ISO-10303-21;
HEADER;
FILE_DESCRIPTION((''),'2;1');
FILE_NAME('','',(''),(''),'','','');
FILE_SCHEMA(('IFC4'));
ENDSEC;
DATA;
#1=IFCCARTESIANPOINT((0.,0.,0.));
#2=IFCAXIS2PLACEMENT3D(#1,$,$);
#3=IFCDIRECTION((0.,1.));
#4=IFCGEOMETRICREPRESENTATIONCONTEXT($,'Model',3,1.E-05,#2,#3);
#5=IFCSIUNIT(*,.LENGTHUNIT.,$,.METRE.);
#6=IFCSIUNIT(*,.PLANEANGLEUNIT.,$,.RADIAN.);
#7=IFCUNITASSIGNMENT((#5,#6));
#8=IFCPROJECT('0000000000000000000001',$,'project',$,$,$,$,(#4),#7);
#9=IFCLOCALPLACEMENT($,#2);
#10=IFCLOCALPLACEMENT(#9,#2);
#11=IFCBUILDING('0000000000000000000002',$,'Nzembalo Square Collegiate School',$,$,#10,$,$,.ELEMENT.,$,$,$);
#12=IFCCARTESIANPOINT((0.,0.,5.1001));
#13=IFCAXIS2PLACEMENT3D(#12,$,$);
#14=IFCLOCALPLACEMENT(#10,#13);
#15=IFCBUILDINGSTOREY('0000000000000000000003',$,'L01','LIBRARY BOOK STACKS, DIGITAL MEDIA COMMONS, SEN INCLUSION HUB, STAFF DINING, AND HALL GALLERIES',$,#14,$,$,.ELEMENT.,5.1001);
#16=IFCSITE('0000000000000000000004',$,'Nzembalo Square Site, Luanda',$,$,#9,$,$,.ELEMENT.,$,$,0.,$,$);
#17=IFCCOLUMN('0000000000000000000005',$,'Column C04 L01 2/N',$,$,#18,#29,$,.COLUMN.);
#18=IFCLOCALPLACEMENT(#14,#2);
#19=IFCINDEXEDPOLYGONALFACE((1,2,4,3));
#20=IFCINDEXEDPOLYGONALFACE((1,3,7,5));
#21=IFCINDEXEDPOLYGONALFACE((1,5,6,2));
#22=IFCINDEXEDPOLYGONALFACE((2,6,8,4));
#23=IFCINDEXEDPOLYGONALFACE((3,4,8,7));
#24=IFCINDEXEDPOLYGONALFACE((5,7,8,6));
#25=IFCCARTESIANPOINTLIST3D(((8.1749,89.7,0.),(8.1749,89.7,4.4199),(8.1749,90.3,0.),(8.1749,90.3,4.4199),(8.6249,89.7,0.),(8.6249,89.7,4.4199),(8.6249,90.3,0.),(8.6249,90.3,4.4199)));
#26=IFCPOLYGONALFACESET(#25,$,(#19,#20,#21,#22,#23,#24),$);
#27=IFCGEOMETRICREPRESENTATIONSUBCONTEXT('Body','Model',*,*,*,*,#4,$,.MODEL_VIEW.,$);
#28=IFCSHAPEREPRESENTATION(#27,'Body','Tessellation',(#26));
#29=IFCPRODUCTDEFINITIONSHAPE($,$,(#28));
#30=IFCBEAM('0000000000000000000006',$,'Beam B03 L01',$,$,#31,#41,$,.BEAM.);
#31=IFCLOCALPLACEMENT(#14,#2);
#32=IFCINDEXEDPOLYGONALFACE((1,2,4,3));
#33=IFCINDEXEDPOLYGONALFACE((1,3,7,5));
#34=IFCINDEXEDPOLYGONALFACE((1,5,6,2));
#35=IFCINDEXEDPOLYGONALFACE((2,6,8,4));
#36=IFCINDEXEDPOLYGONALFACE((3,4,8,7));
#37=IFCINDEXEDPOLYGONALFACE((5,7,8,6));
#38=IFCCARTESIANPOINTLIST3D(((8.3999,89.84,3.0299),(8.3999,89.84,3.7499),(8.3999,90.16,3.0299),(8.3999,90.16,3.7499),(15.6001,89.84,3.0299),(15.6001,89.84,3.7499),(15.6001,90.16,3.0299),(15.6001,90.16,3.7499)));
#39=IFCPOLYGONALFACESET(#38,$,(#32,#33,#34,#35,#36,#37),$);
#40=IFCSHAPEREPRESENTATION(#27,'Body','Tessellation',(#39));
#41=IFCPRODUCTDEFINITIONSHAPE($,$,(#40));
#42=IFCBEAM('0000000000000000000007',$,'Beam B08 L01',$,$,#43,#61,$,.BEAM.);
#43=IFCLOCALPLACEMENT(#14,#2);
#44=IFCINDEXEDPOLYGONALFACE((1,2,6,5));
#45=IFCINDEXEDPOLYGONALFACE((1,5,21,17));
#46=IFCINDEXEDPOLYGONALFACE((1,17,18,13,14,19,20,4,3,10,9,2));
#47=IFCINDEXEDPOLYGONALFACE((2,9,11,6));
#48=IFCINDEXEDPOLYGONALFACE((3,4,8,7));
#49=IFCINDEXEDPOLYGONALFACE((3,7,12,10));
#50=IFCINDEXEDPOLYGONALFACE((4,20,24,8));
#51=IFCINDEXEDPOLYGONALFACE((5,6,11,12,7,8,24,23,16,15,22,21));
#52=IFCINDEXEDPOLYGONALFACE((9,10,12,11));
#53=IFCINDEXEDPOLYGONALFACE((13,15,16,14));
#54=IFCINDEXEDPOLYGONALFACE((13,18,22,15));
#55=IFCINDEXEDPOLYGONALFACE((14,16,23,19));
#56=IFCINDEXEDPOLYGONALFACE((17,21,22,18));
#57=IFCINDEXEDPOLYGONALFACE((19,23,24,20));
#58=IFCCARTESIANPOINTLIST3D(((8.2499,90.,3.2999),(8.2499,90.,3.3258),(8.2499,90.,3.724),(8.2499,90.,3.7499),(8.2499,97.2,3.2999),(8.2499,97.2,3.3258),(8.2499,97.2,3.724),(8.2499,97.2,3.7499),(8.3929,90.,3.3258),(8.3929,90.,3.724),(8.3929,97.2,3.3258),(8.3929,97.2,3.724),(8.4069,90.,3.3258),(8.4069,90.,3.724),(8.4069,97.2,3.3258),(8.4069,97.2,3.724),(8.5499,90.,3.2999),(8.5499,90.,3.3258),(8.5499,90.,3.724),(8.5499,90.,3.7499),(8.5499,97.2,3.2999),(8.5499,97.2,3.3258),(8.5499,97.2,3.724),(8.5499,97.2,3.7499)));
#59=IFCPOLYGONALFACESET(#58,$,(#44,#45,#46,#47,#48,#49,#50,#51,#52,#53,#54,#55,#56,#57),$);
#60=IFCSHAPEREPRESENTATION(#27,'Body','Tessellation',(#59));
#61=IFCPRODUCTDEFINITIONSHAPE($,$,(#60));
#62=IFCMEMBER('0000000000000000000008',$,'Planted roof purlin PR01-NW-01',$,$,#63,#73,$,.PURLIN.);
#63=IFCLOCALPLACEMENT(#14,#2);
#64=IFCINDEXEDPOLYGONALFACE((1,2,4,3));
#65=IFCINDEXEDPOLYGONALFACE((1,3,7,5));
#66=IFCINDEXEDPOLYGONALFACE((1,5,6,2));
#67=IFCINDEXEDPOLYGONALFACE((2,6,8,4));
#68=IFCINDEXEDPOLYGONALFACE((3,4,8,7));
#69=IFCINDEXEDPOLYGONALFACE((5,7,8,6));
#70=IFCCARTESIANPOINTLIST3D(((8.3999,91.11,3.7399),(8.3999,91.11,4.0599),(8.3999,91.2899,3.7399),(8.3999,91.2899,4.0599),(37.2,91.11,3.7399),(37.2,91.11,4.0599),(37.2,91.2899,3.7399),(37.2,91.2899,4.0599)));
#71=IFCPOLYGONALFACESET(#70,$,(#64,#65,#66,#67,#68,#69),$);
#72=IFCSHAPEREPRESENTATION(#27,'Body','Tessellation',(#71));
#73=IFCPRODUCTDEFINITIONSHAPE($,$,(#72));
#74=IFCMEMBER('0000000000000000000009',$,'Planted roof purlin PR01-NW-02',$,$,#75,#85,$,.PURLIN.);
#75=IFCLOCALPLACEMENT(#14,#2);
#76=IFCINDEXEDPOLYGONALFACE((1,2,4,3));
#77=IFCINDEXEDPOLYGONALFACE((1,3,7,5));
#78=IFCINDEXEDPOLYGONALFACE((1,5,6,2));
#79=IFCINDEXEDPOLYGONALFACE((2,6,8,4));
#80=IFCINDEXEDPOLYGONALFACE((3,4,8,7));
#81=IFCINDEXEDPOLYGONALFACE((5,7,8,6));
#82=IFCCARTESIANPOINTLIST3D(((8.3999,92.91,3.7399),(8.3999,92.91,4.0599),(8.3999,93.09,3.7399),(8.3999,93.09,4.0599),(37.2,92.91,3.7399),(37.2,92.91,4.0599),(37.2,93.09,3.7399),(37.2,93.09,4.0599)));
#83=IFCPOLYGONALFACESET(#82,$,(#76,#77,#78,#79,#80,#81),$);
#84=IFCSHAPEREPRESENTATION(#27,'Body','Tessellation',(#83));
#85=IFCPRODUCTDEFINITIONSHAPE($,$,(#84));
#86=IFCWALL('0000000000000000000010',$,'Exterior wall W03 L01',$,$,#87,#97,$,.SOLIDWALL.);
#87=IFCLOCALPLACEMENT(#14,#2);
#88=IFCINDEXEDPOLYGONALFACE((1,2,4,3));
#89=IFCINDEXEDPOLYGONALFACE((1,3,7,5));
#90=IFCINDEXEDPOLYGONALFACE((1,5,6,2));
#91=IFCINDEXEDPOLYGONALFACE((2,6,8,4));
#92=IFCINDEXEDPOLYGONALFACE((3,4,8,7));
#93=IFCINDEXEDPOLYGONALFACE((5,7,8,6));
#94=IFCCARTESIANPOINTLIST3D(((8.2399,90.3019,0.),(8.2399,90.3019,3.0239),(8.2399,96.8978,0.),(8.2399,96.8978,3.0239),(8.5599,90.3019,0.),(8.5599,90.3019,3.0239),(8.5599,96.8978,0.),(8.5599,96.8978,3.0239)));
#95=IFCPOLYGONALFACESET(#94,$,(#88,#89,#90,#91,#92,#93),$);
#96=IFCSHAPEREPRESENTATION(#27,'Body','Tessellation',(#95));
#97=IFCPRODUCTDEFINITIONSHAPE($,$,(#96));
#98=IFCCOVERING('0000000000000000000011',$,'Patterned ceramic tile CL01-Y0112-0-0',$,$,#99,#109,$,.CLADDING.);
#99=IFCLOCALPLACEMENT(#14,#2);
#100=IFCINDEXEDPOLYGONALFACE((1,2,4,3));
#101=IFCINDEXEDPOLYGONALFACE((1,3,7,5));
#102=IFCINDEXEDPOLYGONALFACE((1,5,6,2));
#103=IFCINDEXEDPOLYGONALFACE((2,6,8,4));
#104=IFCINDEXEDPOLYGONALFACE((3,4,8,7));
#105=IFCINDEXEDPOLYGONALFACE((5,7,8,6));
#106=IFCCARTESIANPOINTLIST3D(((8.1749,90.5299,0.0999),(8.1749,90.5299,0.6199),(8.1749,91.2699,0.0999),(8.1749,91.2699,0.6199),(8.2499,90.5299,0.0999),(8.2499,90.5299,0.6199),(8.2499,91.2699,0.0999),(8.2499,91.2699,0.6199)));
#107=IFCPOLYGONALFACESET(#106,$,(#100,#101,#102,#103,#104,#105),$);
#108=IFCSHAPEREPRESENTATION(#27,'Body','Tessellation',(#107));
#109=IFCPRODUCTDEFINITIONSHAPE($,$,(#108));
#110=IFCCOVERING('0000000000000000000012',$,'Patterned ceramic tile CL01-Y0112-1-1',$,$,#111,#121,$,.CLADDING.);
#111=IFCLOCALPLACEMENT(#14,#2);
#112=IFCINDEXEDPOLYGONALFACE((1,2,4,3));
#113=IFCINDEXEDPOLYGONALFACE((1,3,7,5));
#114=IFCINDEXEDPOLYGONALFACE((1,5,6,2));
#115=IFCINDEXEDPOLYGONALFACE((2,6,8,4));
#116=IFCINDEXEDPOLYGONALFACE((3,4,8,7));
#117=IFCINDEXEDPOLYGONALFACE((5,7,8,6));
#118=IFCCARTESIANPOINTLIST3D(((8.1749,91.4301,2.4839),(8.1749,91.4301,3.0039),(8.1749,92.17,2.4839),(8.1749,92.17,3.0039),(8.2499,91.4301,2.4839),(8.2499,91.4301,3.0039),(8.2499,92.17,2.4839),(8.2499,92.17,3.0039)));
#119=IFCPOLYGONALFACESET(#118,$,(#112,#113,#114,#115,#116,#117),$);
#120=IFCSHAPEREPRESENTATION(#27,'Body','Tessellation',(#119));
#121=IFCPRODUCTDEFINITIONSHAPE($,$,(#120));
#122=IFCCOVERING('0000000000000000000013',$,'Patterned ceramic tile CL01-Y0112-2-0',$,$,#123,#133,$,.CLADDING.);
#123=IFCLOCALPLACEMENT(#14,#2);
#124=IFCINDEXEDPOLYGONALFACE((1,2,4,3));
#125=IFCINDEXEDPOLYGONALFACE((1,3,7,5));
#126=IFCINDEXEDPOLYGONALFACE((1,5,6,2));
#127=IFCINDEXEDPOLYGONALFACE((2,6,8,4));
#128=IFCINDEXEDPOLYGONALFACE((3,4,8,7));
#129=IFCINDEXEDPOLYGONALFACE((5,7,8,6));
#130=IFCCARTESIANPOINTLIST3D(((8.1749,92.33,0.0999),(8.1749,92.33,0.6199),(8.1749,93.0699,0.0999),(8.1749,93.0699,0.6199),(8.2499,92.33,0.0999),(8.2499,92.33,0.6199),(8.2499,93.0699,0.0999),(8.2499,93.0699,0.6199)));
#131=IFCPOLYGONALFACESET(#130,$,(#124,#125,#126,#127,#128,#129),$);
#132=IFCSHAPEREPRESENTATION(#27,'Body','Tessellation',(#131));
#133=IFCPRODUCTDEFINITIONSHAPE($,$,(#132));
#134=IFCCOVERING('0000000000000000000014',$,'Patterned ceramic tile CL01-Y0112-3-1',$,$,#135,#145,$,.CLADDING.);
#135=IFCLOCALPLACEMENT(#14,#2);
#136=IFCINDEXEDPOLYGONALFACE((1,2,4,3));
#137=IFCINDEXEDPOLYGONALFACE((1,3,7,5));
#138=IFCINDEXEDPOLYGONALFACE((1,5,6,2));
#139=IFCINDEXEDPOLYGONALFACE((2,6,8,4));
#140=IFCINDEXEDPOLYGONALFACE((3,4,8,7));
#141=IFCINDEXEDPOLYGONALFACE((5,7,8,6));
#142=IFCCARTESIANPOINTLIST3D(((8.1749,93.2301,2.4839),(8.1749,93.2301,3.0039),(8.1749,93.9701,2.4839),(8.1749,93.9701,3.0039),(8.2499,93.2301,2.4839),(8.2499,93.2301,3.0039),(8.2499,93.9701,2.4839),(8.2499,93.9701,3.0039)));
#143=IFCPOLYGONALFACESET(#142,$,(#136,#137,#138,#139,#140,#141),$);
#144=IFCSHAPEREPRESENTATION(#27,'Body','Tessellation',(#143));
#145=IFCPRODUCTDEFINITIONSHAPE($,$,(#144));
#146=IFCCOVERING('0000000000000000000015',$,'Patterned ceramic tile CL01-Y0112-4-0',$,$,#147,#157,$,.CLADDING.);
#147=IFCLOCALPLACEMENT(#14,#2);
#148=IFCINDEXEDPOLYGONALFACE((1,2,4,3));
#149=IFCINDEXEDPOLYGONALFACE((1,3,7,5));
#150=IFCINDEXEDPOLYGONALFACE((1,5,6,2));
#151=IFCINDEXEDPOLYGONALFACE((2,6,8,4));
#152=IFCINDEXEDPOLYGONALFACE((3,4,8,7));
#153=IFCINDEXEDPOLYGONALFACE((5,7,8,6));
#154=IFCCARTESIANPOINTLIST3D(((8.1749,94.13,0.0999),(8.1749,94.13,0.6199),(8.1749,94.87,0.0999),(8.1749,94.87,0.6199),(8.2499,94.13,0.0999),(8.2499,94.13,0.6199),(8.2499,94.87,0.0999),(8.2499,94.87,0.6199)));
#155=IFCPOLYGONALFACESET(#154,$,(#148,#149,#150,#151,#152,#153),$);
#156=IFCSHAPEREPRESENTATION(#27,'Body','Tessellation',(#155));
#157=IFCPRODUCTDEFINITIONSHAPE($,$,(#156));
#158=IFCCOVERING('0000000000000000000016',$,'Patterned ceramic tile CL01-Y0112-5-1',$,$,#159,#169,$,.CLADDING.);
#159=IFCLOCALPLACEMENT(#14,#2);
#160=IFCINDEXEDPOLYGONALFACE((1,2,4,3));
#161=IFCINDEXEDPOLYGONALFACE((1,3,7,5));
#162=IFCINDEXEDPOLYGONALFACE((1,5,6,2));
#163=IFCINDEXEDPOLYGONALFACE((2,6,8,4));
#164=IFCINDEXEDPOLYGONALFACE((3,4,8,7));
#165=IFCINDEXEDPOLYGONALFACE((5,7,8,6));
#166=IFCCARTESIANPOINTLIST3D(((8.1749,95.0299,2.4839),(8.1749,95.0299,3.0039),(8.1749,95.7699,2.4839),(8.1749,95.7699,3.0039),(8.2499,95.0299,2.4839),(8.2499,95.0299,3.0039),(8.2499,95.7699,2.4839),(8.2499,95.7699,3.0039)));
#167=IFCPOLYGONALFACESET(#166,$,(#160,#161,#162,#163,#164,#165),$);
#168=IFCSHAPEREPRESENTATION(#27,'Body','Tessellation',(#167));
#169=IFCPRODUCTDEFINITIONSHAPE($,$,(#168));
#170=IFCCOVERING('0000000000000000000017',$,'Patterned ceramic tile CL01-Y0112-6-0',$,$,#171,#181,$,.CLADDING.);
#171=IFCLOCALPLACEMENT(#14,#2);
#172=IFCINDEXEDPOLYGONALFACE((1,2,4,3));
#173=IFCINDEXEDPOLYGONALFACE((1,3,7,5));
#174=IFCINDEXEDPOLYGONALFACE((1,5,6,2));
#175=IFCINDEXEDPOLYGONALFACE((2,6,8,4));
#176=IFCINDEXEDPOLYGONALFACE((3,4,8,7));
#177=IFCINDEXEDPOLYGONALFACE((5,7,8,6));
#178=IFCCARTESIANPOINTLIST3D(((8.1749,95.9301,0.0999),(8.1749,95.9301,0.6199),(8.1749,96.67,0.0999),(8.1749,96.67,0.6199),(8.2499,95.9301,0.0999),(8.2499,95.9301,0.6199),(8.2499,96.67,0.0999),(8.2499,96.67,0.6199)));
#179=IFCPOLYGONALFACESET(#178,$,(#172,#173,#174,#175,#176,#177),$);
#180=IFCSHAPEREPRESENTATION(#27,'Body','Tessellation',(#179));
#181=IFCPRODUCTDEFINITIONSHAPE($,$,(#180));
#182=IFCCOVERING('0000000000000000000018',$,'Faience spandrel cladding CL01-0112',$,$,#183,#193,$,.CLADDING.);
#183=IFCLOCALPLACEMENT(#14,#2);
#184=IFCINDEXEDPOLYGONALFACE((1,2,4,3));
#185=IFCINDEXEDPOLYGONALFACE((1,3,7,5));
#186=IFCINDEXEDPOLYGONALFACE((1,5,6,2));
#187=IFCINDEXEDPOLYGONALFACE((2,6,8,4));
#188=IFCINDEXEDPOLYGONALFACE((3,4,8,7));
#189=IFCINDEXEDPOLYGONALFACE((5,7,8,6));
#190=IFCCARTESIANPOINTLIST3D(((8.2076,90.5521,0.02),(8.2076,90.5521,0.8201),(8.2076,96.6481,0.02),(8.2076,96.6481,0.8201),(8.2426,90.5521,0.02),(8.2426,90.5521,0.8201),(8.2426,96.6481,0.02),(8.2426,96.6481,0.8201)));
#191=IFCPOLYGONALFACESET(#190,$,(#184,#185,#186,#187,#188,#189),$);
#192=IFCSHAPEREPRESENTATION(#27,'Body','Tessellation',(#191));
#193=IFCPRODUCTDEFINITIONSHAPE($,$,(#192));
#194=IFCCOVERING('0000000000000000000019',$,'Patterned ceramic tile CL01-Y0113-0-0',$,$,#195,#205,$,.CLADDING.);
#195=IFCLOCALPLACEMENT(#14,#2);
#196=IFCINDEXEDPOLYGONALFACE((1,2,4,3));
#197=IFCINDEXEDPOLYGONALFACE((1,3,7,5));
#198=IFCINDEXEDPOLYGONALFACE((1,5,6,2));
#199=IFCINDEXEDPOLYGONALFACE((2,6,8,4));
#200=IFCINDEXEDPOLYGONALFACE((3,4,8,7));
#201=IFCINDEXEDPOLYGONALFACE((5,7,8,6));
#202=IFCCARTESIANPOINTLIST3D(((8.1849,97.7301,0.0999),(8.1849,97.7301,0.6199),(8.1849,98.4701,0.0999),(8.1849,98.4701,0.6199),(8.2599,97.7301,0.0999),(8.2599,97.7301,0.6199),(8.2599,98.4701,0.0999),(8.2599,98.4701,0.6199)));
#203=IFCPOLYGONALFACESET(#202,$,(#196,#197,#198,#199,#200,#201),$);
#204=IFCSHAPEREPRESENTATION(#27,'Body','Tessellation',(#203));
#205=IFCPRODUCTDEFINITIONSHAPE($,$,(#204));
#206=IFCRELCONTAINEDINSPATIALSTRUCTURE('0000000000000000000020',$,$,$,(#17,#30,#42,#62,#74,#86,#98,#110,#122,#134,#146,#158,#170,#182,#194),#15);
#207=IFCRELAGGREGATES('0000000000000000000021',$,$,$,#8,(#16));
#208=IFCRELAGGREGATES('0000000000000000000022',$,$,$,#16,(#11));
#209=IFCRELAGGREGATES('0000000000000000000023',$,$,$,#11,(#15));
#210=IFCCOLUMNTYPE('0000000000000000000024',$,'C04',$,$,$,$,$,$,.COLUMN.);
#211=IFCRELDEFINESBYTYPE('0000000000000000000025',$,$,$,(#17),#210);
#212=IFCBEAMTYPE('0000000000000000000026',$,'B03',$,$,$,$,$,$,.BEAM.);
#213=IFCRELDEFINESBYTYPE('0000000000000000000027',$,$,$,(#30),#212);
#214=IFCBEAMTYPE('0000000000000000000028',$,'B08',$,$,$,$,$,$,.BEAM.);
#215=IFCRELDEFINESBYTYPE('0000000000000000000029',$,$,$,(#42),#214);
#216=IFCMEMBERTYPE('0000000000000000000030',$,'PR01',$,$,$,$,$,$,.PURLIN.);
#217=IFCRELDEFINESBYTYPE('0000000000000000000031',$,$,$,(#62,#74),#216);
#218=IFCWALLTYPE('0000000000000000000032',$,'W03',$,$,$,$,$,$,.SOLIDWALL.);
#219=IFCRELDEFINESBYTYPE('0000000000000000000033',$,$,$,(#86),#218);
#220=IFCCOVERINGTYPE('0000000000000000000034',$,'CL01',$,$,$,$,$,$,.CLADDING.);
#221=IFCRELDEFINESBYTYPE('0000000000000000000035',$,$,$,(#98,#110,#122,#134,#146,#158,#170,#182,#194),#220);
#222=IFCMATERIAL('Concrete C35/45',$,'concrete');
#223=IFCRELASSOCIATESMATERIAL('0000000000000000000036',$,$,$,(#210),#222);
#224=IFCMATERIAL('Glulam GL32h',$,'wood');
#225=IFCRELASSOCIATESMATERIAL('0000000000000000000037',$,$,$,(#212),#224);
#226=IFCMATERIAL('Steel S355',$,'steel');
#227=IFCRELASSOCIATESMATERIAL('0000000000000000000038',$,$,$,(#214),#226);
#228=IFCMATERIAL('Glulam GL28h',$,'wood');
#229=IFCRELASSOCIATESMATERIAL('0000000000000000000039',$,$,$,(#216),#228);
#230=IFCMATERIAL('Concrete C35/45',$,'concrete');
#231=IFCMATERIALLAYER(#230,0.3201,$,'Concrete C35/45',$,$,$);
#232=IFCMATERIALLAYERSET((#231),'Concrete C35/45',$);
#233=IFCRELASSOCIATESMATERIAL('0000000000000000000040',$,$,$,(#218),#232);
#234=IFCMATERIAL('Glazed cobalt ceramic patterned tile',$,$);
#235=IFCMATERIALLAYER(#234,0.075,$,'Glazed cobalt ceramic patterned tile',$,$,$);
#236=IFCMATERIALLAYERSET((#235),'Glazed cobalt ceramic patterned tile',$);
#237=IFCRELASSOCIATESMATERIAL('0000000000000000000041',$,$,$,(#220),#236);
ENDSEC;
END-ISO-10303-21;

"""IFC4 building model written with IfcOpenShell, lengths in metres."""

from ifc_helpers import new_model, si_unit, direction, frame, frame_2d, origin, origin_2d, place, context, subcontext, project, spatial, rectangle, i_section, extrude, material, layer, layer_set, material_profile, profile_set, type_object, element, save


model = new_model("IFC4")

# Units and contexts
model_context = context("Model", 3, precision=1e-05, world=origin(), true_north=direction((0.0, 1.0)))
body_context = subcontext(model_context, "Body", "Model", "MODEL_VIEW")
ifc_project = project(units=[si_unit("LENGTHUNIT", "METRE"), si_unit("PLANEANGLEUNIT", "RADIAN")], contexts=[model_context])

# Site, building, storey
site_placement = place(None, origin())
site = spatial("IfcSite", under=ifc_project, at=site_placement, Name="Nzembalo Square Site, Luanda", CompositionType="ELEMENT", RefElevation=0.0)
building_placement = place(site_placement, origin())
building = spatial("IfcBuilding", under=site, at=building_placement, Name="Nzembalo Square Collegiate School", CompositionType="ELEMENT")
storey_placement = place(building_placement, frame((0.0, 0.0, 5.1001)))
storey = spatial("IfcBuildingStorey", under=building, at=storey_placement, Name="L01", Description="LIBRARY BOOK STACKS, DIGITAL MEDIA COMMONS, SEN INCLUSION HUB, STAFF DINING, AND HALL GALLERIES", CompositionType="ELEMENT", Elevation=5.1001)

# Column
ifc_material_1 = material(Name="Concrete C35/45", Category="concrete")
ifc_material_profile_1 = material_profile(ifc_material_1, rectangle(XDim=0.45, YDim=0.6001, at=origin_2d()), Name="RC 450x600")
ifc_profile_set_1 = profile_set([ifc_material_profile_1], Name="Concrete C35/45")
column_type = type_object("IfcColumnType", Name="C04", PredefinedType="COLUMN", material=ifc_profile_set_1)
column_placement = place(storey_placement, frame((8.3999, 90.0, 0.0), z_axis=(0.0, 0.0, 1.0), x_axis=(1.0, 0.0, 0.0)))
element("IfcColumn", 1, at=column_placement, inside=storey, type_object=column_type, Name="Column C04 L01 2/N", PredefinedType="COLUMN", context=body_context, shape_type="SweptSolid", body=[
    extrude(rectangle(XDim=0.45, YDim=0.6001, at=origin_2d()), origin(), (0.0, 0.0, 1.0), 4.4199),
])

# Beams
ifc_material_2 = material(Name="Glulam GL32h", Category="wood")
ifc_material_profile_2 = material_profile(ifc_material_2, rectangle(XDim=0.3201, YDim=0.72, at=origin_2d()), Name="GL32h 320x720")
ifc_profile_set_2 = profile_set([ifc_material_profile_2], Name="Glulam GL32h")
beam_type_1 = type_object("IfcBeamType", Name="B03", PredefinedType="BEAM", material=ifc_profile_set_2)
beam_1_placement = place(storey_placement, frame((8.3999, 90.0, 3.3899), z_axis=(1.0, 0.0, 0.0), x_axis=(0.0, 1.0, 0.0)))
element("IfcBeam", 2, at=beam_1_placement, inside=storey, type_object=beam_type_1, Name="Beam B03 L01", PredefinedType="BEAM", context=body_context, shape_type="SweptSolid", body=[
    extrude(rectangle(XDim=0.3201, YDim=0.72, at=origin_2d()), origin(), (0.0, 0.0, 1.0), 7.2002),
])
ifc_material_3 = material(Name="Steel S355", Category="steel")
ifc_material_profile_3 = material_profile(ifc_material_3, i_section(OverallWidth=0.3, OverallDepth=0.45, WebThickness=0.0139, FlangeThickness=0.0259, at=origin_2d()), Name="HEB 450")
ifc_profile_set_3 = profile_set([ifc_material_profile_3], Name="Steel S355")
beam_type_2 = type_object("IfcBeamType", Name="B08", PredefinedType="BEAM", material=ifc_profile_set_3)
beam_2_placement = place(storey_placement, frame((8.3999, 90.0, 3.5249), z_axis=(0.0, 1.0, 0.0), x_axis=(-1.0, 0.0, 0.0)))
element("IfcBeam", 3, at=beam_2_placement, inside=storey, type_object=beam_type_2, Name="Beam B08 L01", PredefinedType="BEAM", context=body_context, shape_type="SweptSolid", body=[
    extrude(i_section(OverallWidth=0.3, OverallDepth=0.45, WebThickness=0.0139, FlangeThickness=0.0259, at=origin_2d()), origin(), (0.0, 0.0, 1.0), 7.2),
])

# Members
ifc_material_4 = material(Name="Glulam GL28h", Category="wood")
ifc_material_profile_4 = material_profile(ifc_material_4, rectangle(XDim=0.1799, YDim=0.3201, at=origin_2d()), Name="GL28h 180x320")
ifc_profile_set_4 = profile_set([ifc_material_profile_4], Name="Glulam GL28h")
member_type = type_object("IfcMemberType", Name="PR01", PredefinedType="PURLIN", material=ifc_profile_set_4)
for number, where, z_axis, x_axis, name in (
    (4, (8.3999, 91.2, 3.8999), (1.0, 0.0, 0.0), (0.0, 1.0, 0.0), "Planted roof purlin PR01-NW-01"),
    (5, (8.3999, 93.0, 3.8999), (1.0, 0.0, 0.0), (0.0, 1.0, 0.0), "Planted roof purlin PR01-NW-02"),
):
    element("IfcMember", number, at=place(storey_placement, frame(where, z_axis=z_axis, x_axis=x_axis)), inside=storey, type_object=member_type, Name=name, PredefinedType="PURLIN", context=body_context, shape_type="SweptSolid", body=[
        extrude(rectangle(XDim=0.1799, YDim=0.3201, at=origin_2d()), origin(), (0.0, 0.0, 1.0), 28.8),
    ])

# Wall
ifc_material_5 = material(Name="Concrete C35/45", Category="concrete")
ifc_layer_1 = layer(ifc_material_5, 0.3201, Name="Concrete C35/45")
ifc_layer_set_1 = layer_set([ifc_layer_1], Name="Concrete C35/45")
wall_type = type_object("IfcWallType", Name="W03", PredefinedType="SOLIDWALL", material=ifc_layer_set_1)
wall_placement = place(storey_placement, frame((8.3999, 90.302, 0.0), z_axis=(0.0, 0.0, 1.0), x_axis=(0.0, 1.0, 0.0)))
element("IfcWall", 6, at=wall_placement, inside=storey, type_object=wall_type, Name="Exterior wall W03 L01", PredefinedType="SOLIDWALL", context=body_context, shape_type="SweptSolid", body=[
    extrude(rectangle(XDim=6.5959, YDim=0.3201, at=frame_2d((3.2979, 0.0))), origin(), (0.0, 0.0, 1.0), 3.0239),
])

# Coverings
ifc_material_6 = material(Name="Glazed cobalt ceramic patterned tile")
ifc_layer_2 = layer(ifc_material_6, 0.075, Name="Glazed cobalt ceramic patterned tile")
ifc_layer_set_2 = layer_set([ifc_layer_2], Name="Glazed cobalt ceramic patterned tile")
covering_type_1 = type_object("IfcCoveringType", Name="CL01", PredefinedType="CLADDING", material=ifc_layer_set_2)
for number, where, z_axis, x_axis, name in (
    (7, (8.2124, 90.8999, 0.0999), (0.0, 0.0, 1.0), (1.0, 0.0, 0.0), "Patterned ceramic tile CL01-Y0112-0-0"),
    (8, (8.2124, 91.8, 2.4839), (0.0, 0.0, 1.0), (1.0, 0.0, 0.0), "Patterned ceramic tile CL01-Y0112-1-1"),
    (9, (8.2124, 92.7, 0.0999), (0.0, 0.0, 1.0), (1.0, 0.0, 0.0), "Patterned ceramic tile CL01-Y0112-2-0"),
    (10, (8.2124, 93.6001, 2.4839), (0.0, 0.0, 1.0), (1.0, 0.0, 0.0), "Patterned ceramic tile CL01-Y0112-3-1"),
    (11, (8.2124, 94.5, 0.0999), (0.0, 0.0, 1.0), (1.0, 0.0, 0.0), "Patterned ceramic tile CL01-Y0112-4-0"),
    (12, (8.2124, 95.3999, 2.4839), (0.0, 0.0, 1.0), (1.0, 0.0, 0.0), "Patterned ceramic tile CL01-Y0112-5-1"),
    (13, (8.2124, 96.3, 0.0999), (0.0, 0.0, 1.0), (1.0, 0.0, 0.0), "Patterned ceramic tile CL01-Y0112-6-0"),
):
    element("IfcCovering", number, at=place(storey_placement, frame(where, z_axis=z_axis, x_axis=x_axis)), inside=storey, type_object=covering_type_1, Name=name, PredefinedType="CLADDING", context=body_context, shape_type="SweptSolid", body=[
        extrude(rectangle(XDim=0.075, YDim=0.74, at=origin_2d()), origin(), (0.0, 0.0, 1.0), 0.52),
    ])
covering_placement = place(storey_placement, frame((8.2251, 93.6001, 0.02), z_axis=(0.0, 0.0, 1.0), x_axis=(1.0, 0.0, 0.0)))
element("IfcCovering", 14, at=covering_placement, inside=storey, type_object=covering_type_1, Name="Faience spandrel cladding CL01-0112", PredefinedType="CLADDING", context=body_context, shape_type="SweptSolid", body=[
    extrude(rectangle(XDim=0.0349, YDim=6.0959, at=origin_2d()), origin(), (0.0, 0.0, 1.0), 0.8),
])
for number, where, z_axis, x_axis, name in (
    (15, (8.2224, 98.1001, 0.0999), (0.0, 0.0, 1.0), (1.0, 0.0, 0.0), "Patterned ceramic tile CL01-Y0113-0-0"),
):
    element("IfcCovering", number, at=place(storey_placement, frame(where, z_axis=z_axis, x_axis=x_axis)), inside=storey, type_object=covering_type_1, Name=name, PredefinedType="CLADDING", context=body_context, shape_type="SweptSolid", body=[
        extrude(rectangle(XDim=0.075, YDim=0.74, at=origin_2d()), origin(), (0.0, 0.0, 1.0), 0.52),
    ])

save(model, "model.ifc")
